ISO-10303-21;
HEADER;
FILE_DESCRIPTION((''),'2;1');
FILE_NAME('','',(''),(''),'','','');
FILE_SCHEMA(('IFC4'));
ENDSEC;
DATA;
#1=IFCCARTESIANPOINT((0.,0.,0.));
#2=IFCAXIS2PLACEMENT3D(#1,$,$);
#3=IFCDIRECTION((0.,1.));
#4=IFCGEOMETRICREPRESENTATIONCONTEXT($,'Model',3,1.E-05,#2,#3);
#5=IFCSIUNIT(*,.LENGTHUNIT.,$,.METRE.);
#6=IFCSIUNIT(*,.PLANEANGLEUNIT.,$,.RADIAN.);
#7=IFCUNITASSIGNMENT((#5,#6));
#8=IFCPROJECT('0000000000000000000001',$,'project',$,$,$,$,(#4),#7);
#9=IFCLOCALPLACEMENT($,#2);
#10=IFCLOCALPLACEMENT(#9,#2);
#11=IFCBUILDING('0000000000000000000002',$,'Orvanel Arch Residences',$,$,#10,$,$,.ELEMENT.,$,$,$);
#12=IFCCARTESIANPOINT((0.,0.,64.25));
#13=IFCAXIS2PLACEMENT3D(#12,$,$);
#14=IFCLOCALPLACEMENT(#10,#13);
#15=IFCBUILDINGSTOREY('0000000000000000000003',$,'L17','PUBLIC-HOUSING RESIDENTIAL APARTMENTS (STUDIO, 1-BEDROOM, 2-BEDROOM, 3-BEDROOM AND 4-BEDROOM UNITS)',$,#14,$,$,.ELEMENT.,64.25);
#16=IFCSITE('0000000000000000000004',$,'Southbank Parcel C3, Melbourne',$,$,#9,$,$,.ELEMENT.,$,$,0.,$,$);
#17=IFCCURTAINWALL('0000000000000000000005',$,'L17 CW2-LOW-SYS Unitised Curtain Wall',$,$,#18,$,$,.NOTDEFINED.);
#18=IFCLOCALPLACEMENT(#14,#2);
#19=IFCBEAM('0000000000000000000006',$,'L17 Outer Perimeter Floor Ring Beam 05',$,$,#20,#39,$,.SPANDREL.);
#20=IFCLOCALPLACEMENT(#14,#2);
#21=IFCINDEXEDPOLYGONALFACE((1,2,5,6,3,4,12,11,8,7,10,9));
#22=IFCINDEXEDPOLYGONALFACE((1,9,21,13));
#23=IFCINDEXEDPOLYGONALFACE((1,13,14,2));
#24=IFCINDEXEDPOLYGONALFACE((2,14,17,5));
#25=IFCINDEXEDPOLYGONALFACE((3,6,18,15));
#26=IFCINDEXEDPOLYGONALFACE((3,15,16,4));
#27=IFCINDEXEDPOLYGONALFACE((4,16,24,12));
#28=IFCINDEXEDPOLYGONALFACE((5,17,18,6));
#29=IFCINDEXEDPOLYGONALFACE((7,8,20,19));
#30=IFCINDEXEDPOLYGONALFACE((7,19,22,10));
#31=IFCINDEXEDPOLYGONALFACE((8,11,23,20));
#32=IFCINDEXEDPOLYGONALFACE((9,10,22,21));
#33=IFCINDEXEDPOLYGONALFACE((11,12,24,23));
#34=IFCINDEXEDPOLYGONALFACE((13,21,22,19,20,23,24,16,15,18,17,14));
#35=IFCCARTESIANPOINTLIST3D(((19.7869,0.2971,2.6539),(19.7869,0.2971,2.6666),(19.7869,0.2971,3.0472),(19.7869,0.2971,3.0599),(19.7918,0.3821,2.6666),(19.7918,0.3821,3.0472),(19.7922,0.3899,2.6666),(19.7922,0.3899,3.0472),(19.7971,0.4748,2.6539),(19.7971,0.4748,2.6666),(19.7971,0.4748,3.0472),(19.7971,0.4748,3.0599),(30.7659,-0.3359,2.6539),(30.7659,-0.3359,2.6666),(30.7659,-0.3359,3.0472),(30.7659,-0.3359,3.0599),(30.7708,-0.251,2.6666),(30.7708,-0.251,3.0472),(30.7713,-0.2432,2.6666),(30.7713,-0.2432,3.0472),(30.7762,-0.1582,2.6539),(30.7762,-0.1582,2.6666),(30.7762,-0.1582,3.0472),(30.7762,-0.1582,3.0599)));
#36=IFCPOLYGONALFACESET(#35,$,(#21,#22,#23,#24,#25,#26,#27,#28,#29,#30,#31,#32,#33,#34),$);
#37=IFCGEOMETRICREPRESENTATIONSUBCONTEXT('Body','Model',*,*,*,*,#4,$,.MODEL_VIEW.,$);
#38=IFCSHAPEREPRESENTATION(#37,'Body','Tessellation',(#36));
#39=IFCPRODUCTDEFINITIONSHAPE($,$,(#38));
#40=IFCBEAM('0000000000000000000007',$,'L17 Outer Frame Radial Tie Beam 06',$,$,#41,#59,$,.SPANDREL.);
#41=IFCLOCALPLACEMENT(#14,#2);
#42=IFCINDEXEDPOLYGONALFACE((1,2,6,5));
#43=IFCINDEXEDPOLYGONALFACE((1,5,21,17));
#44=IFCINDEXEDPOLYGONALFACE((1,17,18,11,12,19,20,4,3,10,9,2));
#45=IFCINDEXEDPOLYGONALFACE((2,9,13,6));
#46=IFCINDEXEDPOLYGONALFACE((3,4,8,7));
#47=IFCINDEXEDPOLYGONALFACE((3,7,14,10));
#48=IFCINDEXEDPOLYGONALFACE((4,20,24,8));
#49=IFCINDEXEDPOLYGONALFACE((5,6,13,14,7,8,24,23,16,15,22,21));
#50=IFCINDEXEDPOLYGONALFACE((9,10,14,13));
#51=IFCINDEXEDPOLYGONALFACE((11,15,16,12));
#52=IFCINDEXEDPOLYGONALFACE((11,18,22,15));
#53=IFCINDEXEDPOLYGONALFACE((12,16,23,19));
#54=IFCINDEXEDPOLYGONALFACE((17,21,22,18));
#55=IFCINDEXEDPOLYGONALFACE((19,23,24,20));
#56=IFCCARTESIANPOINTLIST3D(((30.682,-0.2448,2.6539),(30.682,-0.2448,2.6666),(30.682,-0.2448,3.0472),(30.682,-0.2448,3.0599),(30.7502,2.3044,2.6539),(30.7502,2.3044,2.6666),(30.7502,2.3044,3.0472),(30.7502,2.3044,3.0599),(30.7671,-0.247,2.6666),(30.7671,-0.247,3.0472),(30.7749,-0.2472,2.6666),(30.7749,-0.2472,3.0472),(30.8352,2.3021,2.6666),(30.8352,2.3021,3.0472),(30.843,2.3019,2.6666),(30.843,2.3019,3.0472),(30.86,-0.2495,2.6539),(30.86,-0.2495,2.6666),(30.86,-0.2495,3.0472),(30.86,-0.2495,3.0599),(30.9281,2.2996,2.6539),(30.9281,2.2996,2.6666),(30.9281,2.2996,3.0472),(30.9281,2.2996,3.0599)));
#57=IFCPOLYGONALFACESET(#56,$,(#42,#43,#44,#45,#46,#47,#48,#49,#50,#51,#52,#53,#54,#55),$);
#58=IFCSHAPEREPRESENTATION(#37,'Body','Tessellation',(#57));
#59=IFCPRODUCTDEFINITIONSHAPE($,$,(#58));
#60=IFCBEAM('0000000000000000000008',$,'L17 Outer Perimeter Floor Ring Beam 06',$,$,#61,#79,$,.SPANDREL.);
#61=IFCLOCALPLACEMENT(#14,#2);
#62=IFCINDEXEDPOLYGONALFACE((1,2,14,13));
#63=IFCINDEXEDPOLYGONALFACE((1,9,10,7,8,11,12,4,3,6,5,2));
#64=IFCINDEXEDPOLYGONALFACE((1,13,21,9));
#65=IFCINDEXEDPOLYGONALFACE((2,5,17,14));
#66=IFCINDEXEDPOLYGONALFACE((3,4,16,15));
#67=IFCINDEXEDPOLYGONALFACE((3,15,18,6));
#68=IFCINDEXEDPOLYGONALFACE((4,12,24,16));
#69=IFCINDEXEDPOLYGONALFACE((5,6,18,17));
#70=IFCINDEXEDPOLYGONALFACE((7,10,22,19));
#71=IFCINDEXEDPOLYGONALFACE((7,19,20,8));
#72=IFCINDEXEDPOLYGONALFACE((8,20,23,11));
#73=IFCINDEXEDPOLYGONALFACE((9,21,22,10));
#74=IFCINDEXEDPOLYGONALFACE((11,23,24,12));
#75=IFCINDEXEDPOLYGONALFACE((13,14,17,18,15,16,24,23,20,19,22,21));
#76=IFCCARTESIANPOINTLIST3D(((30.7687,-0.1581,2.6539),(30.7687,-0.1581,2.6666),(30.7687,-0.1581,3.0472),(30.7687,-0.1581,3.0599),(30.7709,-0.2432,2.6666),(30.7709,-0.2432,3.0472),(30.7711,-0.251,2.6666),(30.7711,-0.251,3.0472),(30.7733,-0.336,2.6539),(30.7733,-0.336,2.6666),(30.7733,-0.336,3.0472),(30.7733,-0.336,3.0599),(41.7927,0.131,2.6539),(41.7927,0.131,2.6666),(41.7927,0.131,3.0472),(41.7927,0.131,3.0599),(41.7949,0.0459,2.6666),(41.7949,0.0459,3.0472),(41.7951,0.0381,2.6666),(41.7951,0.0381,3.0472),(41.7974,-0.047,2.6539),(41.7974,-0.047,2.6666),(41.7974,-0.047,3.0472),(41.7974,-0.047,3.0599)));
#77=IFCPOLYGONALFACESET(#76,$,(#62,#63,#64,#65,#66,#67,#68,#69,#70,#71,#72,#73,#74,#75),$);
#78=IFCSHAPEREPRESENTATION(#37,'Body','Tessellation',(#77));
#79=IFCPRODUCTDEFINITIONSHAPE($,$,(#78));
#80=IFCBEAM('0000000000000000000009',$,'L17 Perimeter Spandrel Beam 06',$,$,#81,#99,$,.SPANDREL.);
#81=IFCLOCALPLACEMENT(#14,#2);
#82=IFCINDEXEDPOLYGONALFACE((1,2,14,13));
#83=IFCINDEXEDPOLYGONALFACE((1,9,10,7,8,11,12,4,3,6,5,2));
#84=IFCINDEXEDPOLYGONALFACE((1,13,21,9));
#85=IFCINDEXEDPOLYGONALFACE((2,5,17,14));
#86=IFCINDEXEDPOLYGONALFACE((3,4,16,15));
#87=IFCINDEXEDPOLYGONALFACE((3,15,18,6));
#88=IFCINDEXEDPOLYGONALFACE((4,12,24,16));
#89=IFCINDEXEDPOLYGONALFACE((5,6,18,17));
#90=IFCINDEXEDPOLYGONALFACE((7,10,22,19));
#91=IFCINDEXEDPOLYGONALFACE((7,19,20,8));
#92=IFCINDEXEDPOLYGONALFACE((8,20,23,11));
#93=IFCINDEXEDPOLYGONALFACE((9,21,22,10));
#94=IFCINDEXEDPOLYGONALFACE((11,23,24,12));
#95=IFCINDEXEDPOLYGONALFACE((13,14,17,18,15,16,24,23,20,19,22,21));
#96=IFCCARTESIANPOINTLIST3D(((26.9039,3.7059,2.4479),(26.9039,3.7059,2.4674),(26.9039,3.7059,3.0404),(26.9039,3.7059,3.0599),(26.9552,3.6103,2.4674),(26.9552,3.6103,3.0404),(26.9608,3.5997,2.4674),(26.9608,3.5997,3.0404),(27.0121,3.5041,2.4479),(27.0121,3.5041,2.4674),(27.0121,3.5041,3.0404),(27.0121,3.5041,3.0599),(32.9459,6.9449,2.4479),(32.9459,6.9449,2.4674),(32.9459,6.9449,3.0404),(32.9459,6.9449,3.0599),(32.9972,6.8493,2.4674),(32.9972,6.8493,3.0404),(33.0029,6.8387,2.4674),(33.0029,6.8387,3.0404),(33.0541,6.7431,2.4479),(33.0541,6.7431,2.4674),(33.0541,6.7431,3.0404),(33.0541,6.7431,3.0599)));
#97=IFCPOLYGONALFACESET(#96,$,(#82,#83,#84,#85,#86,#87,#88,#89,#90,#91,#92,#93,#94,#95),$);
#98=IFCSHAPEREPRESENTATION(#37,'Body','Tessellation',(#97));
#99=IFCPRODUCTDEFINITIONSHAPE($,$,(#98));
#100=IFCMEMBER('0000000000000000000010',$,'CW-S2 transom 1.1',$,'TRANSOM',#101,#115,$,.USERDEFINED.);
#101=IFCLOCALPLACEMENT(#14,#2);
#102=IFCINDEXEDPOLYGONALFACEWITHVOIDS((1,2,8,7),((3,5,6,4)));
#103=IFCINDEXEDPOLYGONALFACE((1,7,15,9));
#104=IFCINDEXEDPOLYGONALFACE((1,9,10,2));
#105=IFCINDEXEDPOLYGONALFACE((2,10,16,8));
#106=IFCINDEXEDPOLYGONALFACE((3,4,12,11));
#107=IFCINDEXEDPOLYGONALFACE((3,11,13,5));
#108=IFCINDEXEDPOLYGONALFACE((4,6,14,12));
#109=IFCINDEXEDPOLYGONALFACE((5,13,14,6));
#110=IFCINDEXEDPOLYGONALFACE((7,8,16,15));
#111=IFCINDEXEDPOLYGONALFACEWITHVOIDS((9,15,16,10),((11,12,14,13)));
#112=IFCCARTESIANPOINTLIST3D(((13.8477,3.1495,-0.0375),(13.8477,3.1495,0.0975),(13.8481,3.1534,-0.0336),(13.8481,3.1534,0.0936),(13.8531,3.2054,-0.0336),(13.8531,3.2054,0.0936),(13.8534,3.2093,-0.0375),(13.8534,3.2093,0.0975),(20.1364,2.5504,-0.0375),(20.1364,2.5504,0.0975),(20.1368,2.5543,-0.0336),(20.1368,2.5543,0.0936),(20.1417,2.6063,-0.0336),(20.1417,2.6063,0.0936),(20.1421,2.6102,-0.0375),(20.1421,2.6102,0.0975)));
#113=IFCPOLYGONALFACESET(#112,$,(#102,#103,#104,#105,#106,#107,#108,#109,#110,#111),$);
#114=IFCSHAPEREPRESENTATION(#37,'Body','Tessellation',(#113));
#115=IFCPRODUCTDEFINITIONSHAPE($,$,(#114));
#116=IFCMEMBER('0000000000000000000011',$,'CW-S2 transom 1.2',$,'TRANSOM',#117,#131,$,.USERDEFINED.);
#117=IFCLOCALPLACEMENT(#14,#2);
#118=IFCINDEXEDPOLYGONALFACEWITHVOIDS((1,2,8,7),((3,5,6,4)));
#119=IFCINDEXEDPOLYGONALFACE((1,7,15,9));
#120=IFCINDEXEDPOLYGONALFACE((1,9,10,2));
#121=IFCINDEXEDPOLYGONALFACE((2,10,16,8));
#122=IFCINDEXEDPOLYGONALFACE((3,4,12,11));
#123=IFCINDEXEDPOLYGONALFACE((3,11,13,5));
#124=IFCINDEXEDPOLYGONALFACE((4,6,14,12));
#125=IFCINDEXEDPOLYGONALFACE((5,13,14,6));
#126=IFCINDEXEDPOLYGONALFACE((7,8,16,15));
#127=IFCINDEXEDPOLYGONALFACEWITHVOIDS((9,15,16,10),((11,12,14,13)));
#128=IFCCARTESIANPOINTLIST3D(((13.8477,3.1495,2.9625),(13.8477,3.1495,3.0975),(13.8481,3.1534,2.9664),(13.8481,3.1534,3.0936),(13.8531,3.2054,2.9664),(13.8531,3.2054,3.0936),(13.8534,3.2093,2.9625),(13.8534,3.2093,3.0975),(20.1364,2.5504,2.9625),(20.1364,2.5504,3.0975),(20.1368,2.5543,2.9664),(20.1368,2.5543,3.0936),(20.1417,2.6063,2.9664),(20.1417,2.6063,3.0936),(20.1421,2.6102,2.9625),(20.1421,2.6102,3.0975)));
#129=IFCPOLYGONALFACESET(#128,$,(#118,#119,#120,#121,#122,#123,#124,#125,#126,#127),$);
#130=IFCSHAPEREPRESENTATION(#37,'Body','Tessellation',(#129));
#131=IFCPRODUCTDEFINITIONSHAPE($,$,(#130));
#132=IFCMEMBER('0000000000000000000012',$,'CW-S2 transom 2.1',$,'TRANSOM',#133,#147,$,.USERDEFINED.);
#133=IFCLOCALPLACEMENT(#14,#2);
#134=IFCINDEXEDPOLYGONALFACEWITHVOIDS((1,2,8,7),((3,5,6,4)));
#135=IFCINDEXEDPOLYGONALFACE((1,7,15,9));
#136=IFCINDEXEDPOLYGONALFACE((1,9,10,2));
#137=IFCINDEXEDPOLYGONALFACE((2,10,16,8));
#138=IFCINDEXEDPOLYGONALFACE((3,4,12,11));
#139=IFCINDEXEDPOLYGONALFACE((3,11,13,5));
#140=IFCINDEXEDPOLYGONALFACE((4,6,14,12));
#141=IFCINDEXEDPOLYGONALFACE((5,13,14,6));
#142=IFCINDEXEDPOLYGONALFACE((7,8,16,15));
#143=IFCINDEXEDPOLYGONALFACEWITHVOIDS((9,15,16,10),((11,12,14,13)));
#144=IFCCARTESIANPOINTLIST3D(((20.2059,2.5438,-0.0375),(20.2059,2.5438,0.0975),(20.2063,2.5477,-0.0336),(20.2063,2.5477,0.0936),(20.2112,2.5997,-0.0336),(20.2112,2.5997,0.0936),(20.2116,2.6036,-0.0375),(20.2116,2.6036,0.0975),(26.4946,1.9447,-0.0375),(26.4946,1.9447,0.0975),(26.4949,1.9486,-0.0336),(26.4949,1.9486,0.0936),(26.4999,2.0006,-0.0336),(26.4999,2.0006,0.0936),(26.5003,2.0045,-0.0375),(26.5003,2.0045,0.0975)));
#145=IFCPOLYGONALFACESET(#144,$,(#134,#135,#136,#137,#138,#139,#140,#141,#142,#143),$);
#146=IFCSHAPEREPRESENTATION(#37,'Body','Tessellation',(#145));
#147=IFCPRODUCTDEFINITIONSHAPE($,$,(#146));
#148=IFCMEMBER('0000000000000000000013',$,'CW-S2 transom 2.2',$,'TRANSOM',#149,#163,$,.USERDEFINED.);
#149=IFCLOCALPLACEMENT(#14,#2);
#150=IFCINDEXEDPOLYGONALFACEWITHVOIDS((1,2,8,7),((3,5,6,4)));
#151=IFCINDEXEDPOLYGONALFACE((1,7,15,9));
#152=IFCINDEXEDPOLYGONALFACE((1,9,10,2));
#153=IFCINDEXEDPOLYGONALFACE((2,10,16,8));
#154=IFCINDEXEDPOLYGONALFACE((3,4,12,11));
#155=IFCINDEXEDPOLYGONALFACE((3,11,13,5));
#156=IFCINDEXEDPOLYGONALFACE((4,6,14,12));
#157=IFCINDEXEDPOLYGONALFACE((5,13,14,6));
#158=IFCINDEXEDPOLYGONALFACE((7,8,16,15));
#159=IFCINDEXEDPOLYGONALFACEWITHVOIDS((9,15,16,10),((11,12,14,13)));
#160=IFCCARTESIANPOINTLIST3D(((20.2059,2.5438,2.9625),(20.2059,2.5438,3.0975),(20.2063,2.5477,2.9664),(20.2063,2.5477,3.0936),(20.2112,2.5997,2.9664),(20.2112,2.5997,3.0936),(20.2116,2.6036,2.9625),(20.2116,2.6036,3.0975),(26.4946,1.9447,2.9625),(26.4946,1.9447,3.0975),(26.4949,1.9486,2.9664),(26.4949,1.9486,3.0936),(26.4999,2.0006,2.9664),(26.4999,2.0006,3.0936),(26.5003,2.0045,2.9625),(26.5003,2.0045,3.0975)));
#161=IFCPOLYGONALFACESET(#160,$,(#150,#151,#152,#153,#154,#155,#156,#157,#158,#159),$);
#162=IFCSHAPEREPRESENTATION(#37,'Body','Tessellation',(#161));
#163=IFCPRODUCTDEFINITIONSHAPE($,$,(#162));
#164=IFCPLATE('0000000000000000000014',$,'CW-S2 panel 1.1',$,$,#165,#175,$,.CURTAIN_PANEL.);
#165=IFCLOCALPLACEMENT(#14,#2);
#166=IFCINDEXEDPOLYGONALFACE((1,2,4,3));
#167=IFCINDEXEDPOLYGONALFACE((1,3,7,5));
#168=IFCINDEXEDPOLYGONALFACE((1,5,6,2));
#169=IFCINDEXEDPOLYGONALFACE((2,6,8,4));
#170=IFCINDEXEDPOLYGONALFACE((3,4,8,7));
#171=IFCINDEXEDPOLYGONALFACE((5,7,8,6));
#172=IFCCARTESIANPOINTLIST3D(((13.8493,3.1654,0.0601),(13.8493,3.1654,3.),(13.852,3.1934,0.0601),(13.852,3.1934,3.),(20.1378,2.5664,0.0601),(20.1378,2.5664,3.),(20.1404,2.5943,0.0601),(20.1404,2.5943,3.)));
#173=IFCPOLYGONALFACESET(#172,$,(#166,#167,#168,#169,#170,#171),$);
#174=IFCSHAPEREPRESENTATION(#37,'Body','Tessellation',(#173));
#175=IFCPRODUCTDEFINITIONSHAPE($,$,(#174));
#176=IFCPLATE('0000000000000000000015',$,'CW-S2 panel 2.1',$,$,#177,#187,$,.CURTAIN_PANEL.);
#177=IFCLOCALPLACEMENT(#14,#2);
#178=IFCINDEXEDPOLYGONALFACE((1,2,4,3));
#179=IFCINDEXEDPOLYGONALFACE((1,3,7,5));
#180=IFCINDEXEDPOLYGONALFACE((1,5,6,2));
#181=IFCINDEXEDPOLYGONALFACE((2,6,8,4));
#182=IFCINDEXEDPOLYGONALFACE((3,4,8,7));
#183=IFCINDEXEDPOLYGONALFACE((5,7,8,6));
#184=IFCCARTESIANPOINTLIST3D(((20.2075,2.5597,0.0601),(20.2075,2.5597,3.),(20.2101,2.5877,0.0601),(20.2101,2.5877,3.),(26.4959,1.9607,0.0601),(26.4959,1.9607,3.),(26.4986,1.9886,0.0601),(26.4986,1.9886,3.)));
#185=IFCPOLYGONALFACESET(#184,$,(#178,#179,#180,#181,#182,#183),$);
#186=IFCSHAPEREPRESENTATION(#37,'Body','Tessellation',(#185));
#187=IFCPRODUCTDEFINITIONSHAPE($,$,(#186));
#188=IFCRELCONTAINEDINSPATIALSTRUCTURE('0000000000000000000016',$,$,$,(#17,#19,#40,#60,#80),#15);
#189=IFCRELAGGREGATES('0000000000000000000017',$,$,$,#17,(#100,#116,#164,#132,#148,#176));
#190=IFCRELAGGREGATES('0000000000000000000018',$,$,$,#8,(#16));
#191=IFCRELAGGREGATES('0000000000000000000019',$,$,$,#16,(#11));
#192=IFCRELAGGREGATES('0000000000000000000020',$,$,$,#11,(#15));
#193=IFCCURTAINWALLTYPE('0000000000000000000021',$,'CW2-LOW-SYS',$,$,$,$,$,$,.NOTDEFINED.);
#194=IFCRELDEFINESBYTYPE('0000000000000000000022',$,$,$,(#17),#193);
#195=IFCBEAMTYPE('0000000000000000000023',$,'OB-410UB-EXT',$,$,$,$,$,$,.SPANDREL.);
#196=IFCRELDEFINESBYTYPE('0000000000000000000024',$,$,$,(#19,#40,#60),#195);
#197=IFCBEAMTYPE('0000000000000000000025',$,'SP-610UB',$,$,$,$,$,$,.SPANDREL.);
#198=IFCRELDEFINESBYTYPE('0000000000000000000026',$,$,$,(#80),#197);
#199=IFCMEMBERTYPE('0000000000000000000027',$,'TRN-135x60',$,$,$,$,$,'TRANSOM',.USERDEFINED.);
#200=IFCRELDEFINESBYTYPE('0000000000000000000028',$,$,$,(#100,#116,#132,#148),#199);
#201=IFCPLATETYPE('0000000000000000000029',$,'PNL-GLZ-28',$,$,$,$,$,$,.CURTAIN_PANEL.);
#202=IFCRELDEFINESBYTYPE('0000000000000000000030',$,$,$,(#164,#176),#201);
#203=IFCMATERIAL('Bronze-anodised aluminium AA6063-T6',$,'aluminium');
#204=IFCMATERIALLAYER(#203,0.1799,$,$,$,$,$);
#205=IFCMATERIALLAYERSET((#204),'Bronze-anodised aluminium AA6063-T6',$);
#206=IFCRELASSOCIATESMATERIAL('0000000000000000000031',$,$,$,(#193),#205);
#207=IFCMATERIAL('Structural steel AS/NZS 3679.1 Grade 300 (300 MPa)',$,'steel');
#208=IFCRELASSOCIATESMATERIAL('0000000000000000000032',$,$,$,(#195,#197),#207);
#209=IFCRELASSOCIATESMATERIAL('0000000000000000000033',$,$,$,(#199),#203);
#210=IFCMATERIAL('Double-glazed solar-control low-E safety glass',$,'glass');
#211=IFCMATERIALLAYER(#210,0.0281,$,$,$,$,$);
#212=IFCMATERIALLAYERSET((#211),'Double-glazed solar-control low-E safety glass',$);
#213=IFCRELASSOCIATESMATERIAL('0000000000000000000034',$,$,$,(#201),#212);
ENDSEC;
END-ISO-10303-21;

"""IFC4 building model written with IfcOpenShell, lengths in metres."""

from ifc_helpers import new_model, si_unit, direction, frame, origin, origin_2d, place, context, subcontext, project, spatial, rectangle, hollow_rectangle, i_section, extrude, material, layer, layer_set, material_profile, profile_set, type_object, element, aggregate, save


model = new_model("IFC4")

# Units and contexts
model_context = context("Model", 3, precision=1e-05, world=origin(), true_north=direction((0.0, 1.0)))
body_context = subcontext(model_context, "Body", "Model", "MODEL_VIEW")
ifc_project = project(units=[si_unit("LENGTHUNIT", "METRE"), si_unit("PLANEANGLEUNIT", "RADIAN")], contexts=[model_context])

# Site, building, storey
site_placement = place(None, origin())
site = spatial("IfcSite", under=ifc_project, at=site_placement, Name="Southbank Parcel C3, Melbourne", CompositionType="ELEMENT", RefElevation=0.0)
building_placement = place(site_placement, origin())
building = spatial("IfcBuilding", under=site, at=building_placement, Name="Orvanel Arch Residences", CompositionType="ELEMENT")
storey_placement = place(building_placement, frame((0.0, 0.0, 64.25)))
storey = spatial("IfcBuildingStorey", under=building, at=storey_placement, Name="L17", Description="PUBLIC-HOUSING RESIDENTIAL APARTMENTS (STUDIO, 1-BEDROOM, 2-BEDROOM, 3-BEDROOM AND 4-BEDROOM UNITS)", CompositionType="ELEMENT", Elevation=64.25)

# Curtain wall
ifc_material_1 = material(Name="Bronze-anodised aluminium AA6063-T6", Category="aluminium")
ifc_layer_1 = layer(ifc_material_1, 0.1799)
ifc_layer_set_1 = layer_set([ifc_layer_1], Name="Bronze-anodised aluminium AA6063-T6")
curtain_wall_type = type_object("IfcCurtainWallType", Name="CW2-LOW-SYS", PredefinedType="NOTDEFINED", material=ifc_layer_set_1)
curtain_wall_placement = place(storey_placement, origin())
curtain_wall = element("IfcCurtainWall", 1, at=curtain_wall_placement, inside=storey, type_object=curtain_wall_type, Name="L17 CW2-LOW-SYS Unitised Curtain Wall", PredefinedType="NOTDEFINED")

# Beams
ifc_material_2 = material(Name="Structural steel AS/NZS 3679.1 Grade 300 (300 MPa)", Category="steel")
ifc_material_profile_1 = material_profile(ifc_material_2, i_section(OverallWidth=0.178, OverallDepth=0.406, WebThickness=0.0078, FlangeThickness=0.0127, at=origin_2d()), Name="410UB59.7")
ifc_profile_set_1 = profile_set([ifc_material_profile_1], Name="Structural steel AS/NZS 3679.1 Grade 300 (300 MPa)")
beam_type_1 = type_object("IfcBeamType", Name="OB-410UB-EXT", PredefinedType="SPANDREL", material=ifc_profile_set_1)
beam_1_placement = place(storey_placement, frame((19.792, 0.386, 2.8569), z_axis=(0.998342, -0.057565, 0.0), x_axis=(0.057565, 0.998342, 0.0)))
element("IfcBeam", 2, at=beam_1_placement, inside=storey, type_object=beam_type_1, Name="L17 Outer Perimeter Floor Ring Beam 05", PredefinedType="SPANDREL", context=body_context, shape_type="SweptSolid", body=[
    extrude(i_section(OverallWidth=0.178, OverallDepth=0.406, WebThickness=0.0078, FlangeThickness=0.0127, at=origin_2d()), origin(), (0.0, 0.0, 1.0), 10.9973),
])
beam_2_placement = place(storey_placement, frame((30.8391, 2.302, 2.8569), z_axis=(-0.026712, -0.999643, 0.0), x_axis=(0.999643, -0.026712, 0.0)))
element("IfcBeam", 3, at=beam_2_placement, inside=storey, type_object=beam_type_1, Name="L17 Outer Frame Radial Tie Beam 06", PredefinedType="SPANDREL", context=body_context, shape_type="SweptSolid", body=[
    extrude(i_section(OverallWidth=0.178, OverallDepth=0.406, WebThickness=0.0078, FlangeThickness=0.0127, at=origin_2d()), origin(), (0.0, 0.0, 1.0), 2.55),
])
beam_3_placement = place(storey_placement, frame((30.771, -0.2471, 2.8569), z_axis=(0.999656, 0.026212, 0.0), x_axis=(-0.026212, 0.999656, 0.0)))
element("IfcBeam", 4, at=beam_3_placement, inside=storey, type_object=beam_type_1, Name="L17 Outer Perimeter Floor Ring Beam 06", PredefinedType="SPANDREL", context=body_context, shape_type="SweptSolid", body=[
    extrude(i_section(OverallWidth=0.178, OverallDepth=0.406, WebThickness=0.0078, FlangeThickness=0.0127, at=origin_2d()), origin(), (0.0, 0.0, 1.0), 11.0278),
])
ifc_material_profile_2 = material_profile(ifc_material_2, i_section(OverallWidth=0.229, OverallDepth=0.6121, WebThickness=0.012, FlangeThickness=0.0195, at=origin_2d()), Name="610UB125")
ifc_profile_set_2 = profile_set([ifc_material_profile_2], Name="Structural steel AS/NZS 3679.1 Grade 300 (300 MPa)")
beam_type_2 = type_object("IfcBeamType", Name="SP-610UB", PredefinedType="SPANDREL", material=ifc_profile_set_2)
beam_4_placement = place(storey_placement, frame((26.958, 3.605, 2.7539), z_axis=(0.881344, 0.472474, 0.0), x_axis=(-0.472474, 0.881344, 0.0)))
element("IfcBeam", 5, at=beam_4_placement, inside=storey, type_object=beam_type_2, Name="L17 Perimeter Spandrel Beam 06", PredefinedType="SPANDREL", context=body_context, shape_type="SweptSolid", body=[
    extrude(i_section(OverallWidth=0.229, OverallDepth=0.6121, WebThickness=0.012, FlangeThickness=0.0195, at=origin_2d()), origin(), (0.0, 0.0, 1.0), 6.8555),
])

# Members
ifc_material_profile_3 = material_profile(ifc_material_1, hollow_rectangle(XDim=0.0601, YDim=0.135, WallThickness=0.0039, at=origin_2d()), Name="ALU135x60x4")
ifc_profile_set_3 = profile_set([ifc_material_profile_3], Name="Bronze-anodised aluminium AA6063-T6")
member_type_1 = type_object("IfcMemberType", Name="TRN-135x60", ElementType="TRANSOM", PredefinedType="USERDEFINED", material=ifc_profile_set_3)
member_1_placement = place(storey_placement, frame((13.8506, 3.1794, 0.03), z_axis=(0.995492, -0.094842, 0.0), x_axis=(0.094842, 0.995492, 0.0)))
member_1 = element("IfcMember", 6, at=member_1_placement, type_object=member_type_1, Name="CW-S2 transom 1.1", ObjectType="TRANSOM", PredefinedType="USERDEFINED", context=body_context, shape_type="SweptSolid", body=[
    extrude(hollow_rectangle(XDim=0.0601, YDim=0.135, WallThickness=0.0039, at=origin_2d()), origin(), (0.0, 0.0, 1.0), 6.3171),
])
member_2_placement = place(storey_placement, frame((13.8506, 3.1794, 3.03), z_axis=(0.995492, -0.094842, 0.0), x_axis=(0.094842, 0.995492, 0.0)))
member_2 = element("IfcMember", 7, at=member_2_placement, type_object=member_type_1, Name="CW-S2 transom 1.2", ObjectType="TRANSOM", PredefinedType="USERDEFINED", context=body_context, shape_type="SweptSolid", body=[
    extrude(hollow_rectangle(XDim=0.0601, YDim=0.135, WallThickness=0.0039, at=origin_2d()), origin(), (0.0, 0.0, 1.0), 6.3171),
])
member_3_placement = place(storey_placement, frame((20.2087, 2.5737, 0.03), z_axis=(0.995492, -0.094842, 0.0), x_axis=(0.094842, 0.995492, 0.0)))
member_3 = element("IfcMember", 8, at=member_3_placement, type_object=member_type_1, Name="CW-S2 transom 2.1", ObjectType="TRANSOM", PredefinedType="USERDEFINED", context=body_context, shape_type="SweptSolid", body=[
    extrude(hollow_rectangle(XDim=0.0601, YDim=0.135, WallThickness=0.0039, at=origin_2d()), origin(), (0.0, 0.0, 1.0), 6.3171),
])
member_4_placement = place(storey_placement, frame((20.2087, 2.5737, 3.03), z_axis=(0.995492, -0.094842, 0.0), x_axis=(0.094842, 0.995492, 0.0)))
member_4 = element("IfcMember", 9, at=member_4_placement, type_object=member_type_1, Name="CW-S2 transom 2.2", ObjectType="TRANSOM", PredefinedType="USERDEFINED", context=body_context, shape_type="SweptSolid", body=[
    extrude(hollow_rectangle(XDim=0.0601, YDim=0.135, WallThickness=0.0039, at=origin_2d()), origin(), (0.0, 0.0, 1.0), 6.3171),
])

# Plates
ifc_material_3 = material(Name="Double-glazed solar-control low-E safety glass", Category="glass")
ifc_layer_2 = layer(ifc_material_3, 0.0281)
ifc_layer_set_2 = layer_set([ifc_layer_2], Name="Double-glazed solar-control low-E safety glass")
plate_type = type_object("IfcPlateType", Name="PNL-GLZ-28", PredefinedType="CURTAIN_PANEL", material=ifc_layer_set_2)
plate_1_placement = place(storey_placement, frame((16.9949, 2.8799, 0.0601), z_axis=(0.0, 0.0, 1.0), x_axis=(0.995493, -0.094831, 0.0)))
plate_1 = element("IfcPlate", 10, at=plate_1_placement, type_object=plate_type, Name="CW-S2 panel 1.1", PredefinedType="CURTAIN_PANEL", context=body_context, shape_type="SweptSolid", body=[
    extrude(rectangle(XDim=6.3169, YDim=0.0281, at=origin_2d()), origin(), (0.0, 0.0, 1.0), 2.9399),
])
plate_2_placement = place(storey_placement, frame((23.353, 2.2742, 0.0601), z_axis=(0.0, 0.0, 1.0), x_axis=(0.995493, -0.094831, 0.0)))
plate_2 = element("IfcPlate", 11, at=plate_2_placement, type_object=plate_type, Name="CW-S2 panel 2.1", PredefinedType="CURTAIN_PANEL", context=body_context, shape_type="SweptSolid", body=[
    extrude(rectangle(XDim=6.3169, YDim=0.0281, at=origin_2d()), origin(), (0.0, 0.0, 1.0), 2.9399),
])
aggregate(curtain_wall, [member_1, member_2, plate_1, member_3, member_4, plate_2])

save(model, "model.ifc")
